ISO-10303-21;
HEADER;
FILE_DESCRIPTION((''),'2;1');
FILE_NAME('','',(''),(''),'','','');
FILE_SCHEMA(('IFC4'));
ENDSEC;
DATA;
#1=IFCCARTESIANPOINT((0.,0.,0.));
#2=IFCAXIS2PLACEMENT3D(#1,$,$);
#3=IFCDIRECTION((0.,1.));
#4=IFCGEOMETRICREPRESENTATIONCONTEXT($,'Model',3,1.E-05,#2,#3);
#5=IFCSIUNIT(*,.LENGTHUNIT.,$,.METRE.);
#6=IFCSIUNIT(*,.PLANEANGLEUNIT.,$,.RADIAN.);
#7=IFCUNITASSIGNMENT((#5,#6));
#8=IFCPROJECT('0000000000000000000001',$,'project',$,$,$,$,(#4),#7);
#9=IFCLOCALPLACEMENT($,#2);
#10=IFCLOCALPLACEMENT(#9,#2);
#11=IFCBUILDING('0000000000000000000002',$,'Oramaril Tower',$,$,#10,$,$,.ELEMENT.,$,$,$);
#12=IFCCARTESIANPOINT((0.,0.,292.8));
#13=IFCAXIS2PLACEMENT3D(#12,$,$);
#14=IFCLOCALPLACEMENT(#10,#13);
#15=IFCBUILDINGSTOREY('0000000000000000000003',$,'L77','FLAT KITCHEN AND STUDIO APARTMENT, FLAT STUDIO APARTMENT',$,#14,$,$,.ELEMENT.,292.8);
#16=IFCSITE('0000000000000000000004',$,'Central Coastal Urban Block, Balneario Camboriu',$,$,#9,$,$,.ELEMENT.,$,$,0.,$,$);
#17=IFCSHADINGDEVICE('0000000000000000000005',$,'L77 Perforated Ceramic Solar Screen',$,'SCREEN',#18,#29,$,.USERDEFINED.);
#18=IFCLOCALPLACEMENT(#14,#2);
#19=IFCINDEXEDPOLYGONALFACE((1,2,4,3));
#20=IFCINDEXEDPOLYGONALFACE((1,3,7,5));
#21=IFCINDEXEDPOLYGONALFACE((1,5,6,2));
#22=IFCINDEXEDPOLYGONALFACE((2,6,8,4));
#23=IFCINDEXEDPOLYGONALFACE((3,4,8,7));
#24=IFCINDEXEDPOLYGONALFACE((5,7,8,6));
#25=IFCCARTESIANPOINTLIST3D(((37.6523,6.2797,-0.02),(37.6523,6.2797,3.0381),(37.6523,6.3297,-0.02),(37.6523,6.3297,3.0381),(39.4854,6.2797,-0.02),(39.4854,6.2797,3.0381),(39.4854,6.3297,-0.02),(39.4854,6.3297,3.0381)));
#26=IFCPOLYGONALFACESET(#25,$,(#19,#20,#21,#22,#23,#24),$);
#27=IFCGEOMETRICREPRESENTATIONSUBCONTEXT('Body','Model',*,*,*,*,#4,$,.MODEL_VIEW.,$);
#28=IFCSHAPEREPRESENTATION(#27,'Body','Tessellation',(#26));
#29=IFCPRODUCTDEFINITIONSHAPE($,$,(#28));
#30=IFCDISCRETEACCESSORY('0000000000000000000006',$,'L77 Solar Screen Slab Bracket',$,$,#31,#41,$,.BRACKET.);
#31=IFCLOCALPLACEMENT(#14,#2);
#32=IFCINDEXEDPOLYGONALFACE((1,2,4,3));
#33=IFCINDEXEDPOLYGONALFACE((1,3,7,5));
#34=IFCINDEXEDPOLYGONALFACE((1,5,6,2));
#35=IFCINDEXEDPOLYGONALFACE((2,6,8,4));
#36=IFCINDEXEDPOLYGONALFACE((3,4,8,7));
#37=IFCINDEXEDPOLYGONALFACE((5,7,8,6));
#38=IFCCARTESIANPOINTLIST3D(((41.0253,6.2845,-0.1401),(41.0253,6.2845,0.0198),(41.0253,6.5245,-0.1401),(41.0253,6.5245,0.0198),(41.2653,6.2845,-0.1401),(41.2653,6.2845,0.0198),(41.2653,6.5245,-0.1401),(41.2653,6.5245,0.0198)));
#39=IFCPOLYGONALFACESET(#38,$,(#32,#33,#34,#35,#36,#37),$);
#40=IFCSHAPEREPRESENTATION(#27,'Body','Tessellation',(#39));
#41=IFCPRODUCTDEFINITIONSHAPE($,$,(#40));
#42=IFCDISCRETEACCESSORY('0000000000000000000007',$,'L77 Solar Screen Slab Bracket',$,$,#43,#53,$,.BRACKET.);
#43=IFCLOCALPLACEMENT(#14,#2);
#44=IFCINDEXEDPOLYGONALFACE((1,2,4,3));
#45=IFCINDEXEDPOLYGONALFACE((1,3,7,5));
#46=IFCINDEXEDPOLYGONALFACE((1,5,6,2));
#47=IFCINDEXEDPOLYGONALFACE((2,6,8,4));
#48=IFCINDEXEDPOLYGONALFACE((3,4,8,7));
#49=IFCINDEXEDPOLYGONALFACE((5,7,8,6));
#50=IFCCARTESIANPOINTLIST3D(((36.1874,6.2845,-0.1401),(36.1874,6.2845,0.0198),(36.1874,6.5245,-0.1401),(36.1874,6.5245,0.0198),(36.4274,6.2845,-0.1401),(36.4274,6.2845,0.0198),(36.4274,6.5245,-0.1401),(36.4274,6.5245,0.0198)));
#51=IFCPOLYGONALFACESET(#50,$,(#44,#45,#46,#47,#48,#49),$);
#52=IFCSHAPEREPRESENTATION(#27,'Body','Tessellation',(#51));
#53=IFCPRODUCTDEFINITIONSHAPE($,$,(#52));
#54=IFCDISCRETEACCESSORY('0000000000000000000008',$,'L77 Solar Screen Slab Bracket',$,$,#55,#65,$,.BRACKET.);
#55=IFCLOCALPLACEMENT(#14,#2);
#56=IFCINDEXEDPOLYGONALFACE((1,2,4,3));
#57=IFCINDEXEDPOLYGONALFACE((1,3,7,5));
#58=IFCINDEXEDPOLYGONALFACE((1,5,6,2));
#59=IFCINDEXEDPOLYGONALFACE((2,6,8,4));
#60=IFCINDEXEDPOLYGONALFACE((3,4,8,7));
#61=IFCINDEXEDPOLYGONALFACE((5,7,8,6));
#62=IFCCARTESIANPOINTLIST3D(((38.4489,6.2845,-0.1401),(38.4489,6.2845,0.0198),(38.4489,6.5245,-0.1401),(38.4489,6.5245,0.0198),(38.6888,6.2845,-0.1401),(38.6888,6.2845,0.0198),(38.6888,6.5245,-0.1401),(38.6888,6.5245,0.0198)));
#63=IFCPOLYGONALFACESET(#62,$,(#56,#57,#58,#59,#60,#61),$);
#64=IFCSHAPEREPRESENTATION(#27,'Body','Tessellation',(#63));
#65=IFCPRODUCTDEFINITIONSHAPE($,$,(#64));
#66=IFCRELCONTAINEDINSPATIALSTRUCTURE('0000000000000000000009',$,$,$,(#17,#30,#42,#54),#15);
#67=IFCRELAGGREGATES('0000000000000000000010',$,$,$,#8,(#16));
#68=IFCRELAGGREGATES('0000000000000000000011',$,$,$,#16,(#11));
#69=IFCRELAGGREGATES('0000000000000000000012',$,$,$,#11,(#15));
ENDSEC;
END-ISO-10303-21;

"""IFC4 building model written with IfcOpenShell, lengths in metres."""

from ifc_helpers import new_model, si_unit, direction, frame, origin, origin_2d, place, context, subcontext, project, spatial, rectangle, extrude, element, save


model = new_model("IFC4")

# Units and contexts
model_context = context("Model", 3, precision=1e-05, world=origin(), true_north=direction((0.0, 1.0)))
body_context = subcontext(model_context, "Body", "Model", "MODEL_VIEW")
ifc_project = project(units=[si_unit("LENGTHUNIT", "METRE"), si_unit("PLANEANGLEUNIT", "RADIAN")], contexts=[model_context])

# Site, building, storey
site_placement = place(None, origin())
site = spatial("IfcSite", under=ifc_project, at=site_placement, Name="Central Coastal Urban Block, Balneario Camboriu", CompositionType="ELEMENT", RefElevation=0.0)
building_placement = place(site_placement, origin())
building = spatial("IfcBuilding", under=site, at=building_placement, Name="Oramaril Tower", CompositionType="ELEMENT")
storey_placement = place(building_placement, frame((0.0, 0.0, 292.8)))
storey = spatial("IfcBuildingStorey", under=building, at=storey_placement, Name="L77", Description="FLAT KITCHEN AND STUDIO APARTMENT, FLAT STUDIO APARTMENT", CompositionType="ELEMENT", Elevation=292.8)

# Shading device
for number, where, z_axis, x_axis, name in (
    (1, (38.5688, 6.3047, -0.02), (0.0, 0.0, 1.0), (1.0, 0.0, 0.0), "L77 Perforated Ceramic Solar Screen"),
):
    element("IfcShadingDevice", number, at=place(storey_placement, frame(where, z_axis=z_axis, x_axis=x_axis)), inside=storey, Name=name, ObjectType="SCREEN", PredefinedType="USERDEFINED", context=body_context, shape_type="SweptSolid", body=[
        extrude(rectangle(XDim=1.833, YDim=0.05, at=origin_2d()), origin(), (0.0, 0.0, 1.0), 3.0581),
    ])

# Discrete accessories
for number, where, z_axis, x_axis, name in (
    (2, (41.1453, 6.4045, -0.1401), (0.0, 0.0, 1.0), (1.0, 0.0, 0.0), "L77 Solar Screen Slab Bracket"),
    (3, (36.3074, 6.4045, -0.1401), (0.0, 0.0, 1.0), (1.0, 0.0, 0.0), "L77 Solar Screen Slab Bracket"),
    (4, (38.5688, 6.4045, -0.1401), (0.0, 0.0, 1.0), (1.0, 0.0, 0.0), "L77 Solar Screen Slab Bracket"),
):
    element("IfcDiscreteAccessory", number, at=place(storey_placement, frame(where, z_axis=z_axis, x_axis=x_axis)), inside=storey, Name=name, PredefinedType="BRACKET", context=body_context, shape_type="SweptSolid", body=[
        extrude(rectangle(XDim=0.24, YDim=0.24, at=origin_2d()), origin(), (0.0, 0.0, 1.0), 0.1599),
    ])

save(model, "model.ifc")
